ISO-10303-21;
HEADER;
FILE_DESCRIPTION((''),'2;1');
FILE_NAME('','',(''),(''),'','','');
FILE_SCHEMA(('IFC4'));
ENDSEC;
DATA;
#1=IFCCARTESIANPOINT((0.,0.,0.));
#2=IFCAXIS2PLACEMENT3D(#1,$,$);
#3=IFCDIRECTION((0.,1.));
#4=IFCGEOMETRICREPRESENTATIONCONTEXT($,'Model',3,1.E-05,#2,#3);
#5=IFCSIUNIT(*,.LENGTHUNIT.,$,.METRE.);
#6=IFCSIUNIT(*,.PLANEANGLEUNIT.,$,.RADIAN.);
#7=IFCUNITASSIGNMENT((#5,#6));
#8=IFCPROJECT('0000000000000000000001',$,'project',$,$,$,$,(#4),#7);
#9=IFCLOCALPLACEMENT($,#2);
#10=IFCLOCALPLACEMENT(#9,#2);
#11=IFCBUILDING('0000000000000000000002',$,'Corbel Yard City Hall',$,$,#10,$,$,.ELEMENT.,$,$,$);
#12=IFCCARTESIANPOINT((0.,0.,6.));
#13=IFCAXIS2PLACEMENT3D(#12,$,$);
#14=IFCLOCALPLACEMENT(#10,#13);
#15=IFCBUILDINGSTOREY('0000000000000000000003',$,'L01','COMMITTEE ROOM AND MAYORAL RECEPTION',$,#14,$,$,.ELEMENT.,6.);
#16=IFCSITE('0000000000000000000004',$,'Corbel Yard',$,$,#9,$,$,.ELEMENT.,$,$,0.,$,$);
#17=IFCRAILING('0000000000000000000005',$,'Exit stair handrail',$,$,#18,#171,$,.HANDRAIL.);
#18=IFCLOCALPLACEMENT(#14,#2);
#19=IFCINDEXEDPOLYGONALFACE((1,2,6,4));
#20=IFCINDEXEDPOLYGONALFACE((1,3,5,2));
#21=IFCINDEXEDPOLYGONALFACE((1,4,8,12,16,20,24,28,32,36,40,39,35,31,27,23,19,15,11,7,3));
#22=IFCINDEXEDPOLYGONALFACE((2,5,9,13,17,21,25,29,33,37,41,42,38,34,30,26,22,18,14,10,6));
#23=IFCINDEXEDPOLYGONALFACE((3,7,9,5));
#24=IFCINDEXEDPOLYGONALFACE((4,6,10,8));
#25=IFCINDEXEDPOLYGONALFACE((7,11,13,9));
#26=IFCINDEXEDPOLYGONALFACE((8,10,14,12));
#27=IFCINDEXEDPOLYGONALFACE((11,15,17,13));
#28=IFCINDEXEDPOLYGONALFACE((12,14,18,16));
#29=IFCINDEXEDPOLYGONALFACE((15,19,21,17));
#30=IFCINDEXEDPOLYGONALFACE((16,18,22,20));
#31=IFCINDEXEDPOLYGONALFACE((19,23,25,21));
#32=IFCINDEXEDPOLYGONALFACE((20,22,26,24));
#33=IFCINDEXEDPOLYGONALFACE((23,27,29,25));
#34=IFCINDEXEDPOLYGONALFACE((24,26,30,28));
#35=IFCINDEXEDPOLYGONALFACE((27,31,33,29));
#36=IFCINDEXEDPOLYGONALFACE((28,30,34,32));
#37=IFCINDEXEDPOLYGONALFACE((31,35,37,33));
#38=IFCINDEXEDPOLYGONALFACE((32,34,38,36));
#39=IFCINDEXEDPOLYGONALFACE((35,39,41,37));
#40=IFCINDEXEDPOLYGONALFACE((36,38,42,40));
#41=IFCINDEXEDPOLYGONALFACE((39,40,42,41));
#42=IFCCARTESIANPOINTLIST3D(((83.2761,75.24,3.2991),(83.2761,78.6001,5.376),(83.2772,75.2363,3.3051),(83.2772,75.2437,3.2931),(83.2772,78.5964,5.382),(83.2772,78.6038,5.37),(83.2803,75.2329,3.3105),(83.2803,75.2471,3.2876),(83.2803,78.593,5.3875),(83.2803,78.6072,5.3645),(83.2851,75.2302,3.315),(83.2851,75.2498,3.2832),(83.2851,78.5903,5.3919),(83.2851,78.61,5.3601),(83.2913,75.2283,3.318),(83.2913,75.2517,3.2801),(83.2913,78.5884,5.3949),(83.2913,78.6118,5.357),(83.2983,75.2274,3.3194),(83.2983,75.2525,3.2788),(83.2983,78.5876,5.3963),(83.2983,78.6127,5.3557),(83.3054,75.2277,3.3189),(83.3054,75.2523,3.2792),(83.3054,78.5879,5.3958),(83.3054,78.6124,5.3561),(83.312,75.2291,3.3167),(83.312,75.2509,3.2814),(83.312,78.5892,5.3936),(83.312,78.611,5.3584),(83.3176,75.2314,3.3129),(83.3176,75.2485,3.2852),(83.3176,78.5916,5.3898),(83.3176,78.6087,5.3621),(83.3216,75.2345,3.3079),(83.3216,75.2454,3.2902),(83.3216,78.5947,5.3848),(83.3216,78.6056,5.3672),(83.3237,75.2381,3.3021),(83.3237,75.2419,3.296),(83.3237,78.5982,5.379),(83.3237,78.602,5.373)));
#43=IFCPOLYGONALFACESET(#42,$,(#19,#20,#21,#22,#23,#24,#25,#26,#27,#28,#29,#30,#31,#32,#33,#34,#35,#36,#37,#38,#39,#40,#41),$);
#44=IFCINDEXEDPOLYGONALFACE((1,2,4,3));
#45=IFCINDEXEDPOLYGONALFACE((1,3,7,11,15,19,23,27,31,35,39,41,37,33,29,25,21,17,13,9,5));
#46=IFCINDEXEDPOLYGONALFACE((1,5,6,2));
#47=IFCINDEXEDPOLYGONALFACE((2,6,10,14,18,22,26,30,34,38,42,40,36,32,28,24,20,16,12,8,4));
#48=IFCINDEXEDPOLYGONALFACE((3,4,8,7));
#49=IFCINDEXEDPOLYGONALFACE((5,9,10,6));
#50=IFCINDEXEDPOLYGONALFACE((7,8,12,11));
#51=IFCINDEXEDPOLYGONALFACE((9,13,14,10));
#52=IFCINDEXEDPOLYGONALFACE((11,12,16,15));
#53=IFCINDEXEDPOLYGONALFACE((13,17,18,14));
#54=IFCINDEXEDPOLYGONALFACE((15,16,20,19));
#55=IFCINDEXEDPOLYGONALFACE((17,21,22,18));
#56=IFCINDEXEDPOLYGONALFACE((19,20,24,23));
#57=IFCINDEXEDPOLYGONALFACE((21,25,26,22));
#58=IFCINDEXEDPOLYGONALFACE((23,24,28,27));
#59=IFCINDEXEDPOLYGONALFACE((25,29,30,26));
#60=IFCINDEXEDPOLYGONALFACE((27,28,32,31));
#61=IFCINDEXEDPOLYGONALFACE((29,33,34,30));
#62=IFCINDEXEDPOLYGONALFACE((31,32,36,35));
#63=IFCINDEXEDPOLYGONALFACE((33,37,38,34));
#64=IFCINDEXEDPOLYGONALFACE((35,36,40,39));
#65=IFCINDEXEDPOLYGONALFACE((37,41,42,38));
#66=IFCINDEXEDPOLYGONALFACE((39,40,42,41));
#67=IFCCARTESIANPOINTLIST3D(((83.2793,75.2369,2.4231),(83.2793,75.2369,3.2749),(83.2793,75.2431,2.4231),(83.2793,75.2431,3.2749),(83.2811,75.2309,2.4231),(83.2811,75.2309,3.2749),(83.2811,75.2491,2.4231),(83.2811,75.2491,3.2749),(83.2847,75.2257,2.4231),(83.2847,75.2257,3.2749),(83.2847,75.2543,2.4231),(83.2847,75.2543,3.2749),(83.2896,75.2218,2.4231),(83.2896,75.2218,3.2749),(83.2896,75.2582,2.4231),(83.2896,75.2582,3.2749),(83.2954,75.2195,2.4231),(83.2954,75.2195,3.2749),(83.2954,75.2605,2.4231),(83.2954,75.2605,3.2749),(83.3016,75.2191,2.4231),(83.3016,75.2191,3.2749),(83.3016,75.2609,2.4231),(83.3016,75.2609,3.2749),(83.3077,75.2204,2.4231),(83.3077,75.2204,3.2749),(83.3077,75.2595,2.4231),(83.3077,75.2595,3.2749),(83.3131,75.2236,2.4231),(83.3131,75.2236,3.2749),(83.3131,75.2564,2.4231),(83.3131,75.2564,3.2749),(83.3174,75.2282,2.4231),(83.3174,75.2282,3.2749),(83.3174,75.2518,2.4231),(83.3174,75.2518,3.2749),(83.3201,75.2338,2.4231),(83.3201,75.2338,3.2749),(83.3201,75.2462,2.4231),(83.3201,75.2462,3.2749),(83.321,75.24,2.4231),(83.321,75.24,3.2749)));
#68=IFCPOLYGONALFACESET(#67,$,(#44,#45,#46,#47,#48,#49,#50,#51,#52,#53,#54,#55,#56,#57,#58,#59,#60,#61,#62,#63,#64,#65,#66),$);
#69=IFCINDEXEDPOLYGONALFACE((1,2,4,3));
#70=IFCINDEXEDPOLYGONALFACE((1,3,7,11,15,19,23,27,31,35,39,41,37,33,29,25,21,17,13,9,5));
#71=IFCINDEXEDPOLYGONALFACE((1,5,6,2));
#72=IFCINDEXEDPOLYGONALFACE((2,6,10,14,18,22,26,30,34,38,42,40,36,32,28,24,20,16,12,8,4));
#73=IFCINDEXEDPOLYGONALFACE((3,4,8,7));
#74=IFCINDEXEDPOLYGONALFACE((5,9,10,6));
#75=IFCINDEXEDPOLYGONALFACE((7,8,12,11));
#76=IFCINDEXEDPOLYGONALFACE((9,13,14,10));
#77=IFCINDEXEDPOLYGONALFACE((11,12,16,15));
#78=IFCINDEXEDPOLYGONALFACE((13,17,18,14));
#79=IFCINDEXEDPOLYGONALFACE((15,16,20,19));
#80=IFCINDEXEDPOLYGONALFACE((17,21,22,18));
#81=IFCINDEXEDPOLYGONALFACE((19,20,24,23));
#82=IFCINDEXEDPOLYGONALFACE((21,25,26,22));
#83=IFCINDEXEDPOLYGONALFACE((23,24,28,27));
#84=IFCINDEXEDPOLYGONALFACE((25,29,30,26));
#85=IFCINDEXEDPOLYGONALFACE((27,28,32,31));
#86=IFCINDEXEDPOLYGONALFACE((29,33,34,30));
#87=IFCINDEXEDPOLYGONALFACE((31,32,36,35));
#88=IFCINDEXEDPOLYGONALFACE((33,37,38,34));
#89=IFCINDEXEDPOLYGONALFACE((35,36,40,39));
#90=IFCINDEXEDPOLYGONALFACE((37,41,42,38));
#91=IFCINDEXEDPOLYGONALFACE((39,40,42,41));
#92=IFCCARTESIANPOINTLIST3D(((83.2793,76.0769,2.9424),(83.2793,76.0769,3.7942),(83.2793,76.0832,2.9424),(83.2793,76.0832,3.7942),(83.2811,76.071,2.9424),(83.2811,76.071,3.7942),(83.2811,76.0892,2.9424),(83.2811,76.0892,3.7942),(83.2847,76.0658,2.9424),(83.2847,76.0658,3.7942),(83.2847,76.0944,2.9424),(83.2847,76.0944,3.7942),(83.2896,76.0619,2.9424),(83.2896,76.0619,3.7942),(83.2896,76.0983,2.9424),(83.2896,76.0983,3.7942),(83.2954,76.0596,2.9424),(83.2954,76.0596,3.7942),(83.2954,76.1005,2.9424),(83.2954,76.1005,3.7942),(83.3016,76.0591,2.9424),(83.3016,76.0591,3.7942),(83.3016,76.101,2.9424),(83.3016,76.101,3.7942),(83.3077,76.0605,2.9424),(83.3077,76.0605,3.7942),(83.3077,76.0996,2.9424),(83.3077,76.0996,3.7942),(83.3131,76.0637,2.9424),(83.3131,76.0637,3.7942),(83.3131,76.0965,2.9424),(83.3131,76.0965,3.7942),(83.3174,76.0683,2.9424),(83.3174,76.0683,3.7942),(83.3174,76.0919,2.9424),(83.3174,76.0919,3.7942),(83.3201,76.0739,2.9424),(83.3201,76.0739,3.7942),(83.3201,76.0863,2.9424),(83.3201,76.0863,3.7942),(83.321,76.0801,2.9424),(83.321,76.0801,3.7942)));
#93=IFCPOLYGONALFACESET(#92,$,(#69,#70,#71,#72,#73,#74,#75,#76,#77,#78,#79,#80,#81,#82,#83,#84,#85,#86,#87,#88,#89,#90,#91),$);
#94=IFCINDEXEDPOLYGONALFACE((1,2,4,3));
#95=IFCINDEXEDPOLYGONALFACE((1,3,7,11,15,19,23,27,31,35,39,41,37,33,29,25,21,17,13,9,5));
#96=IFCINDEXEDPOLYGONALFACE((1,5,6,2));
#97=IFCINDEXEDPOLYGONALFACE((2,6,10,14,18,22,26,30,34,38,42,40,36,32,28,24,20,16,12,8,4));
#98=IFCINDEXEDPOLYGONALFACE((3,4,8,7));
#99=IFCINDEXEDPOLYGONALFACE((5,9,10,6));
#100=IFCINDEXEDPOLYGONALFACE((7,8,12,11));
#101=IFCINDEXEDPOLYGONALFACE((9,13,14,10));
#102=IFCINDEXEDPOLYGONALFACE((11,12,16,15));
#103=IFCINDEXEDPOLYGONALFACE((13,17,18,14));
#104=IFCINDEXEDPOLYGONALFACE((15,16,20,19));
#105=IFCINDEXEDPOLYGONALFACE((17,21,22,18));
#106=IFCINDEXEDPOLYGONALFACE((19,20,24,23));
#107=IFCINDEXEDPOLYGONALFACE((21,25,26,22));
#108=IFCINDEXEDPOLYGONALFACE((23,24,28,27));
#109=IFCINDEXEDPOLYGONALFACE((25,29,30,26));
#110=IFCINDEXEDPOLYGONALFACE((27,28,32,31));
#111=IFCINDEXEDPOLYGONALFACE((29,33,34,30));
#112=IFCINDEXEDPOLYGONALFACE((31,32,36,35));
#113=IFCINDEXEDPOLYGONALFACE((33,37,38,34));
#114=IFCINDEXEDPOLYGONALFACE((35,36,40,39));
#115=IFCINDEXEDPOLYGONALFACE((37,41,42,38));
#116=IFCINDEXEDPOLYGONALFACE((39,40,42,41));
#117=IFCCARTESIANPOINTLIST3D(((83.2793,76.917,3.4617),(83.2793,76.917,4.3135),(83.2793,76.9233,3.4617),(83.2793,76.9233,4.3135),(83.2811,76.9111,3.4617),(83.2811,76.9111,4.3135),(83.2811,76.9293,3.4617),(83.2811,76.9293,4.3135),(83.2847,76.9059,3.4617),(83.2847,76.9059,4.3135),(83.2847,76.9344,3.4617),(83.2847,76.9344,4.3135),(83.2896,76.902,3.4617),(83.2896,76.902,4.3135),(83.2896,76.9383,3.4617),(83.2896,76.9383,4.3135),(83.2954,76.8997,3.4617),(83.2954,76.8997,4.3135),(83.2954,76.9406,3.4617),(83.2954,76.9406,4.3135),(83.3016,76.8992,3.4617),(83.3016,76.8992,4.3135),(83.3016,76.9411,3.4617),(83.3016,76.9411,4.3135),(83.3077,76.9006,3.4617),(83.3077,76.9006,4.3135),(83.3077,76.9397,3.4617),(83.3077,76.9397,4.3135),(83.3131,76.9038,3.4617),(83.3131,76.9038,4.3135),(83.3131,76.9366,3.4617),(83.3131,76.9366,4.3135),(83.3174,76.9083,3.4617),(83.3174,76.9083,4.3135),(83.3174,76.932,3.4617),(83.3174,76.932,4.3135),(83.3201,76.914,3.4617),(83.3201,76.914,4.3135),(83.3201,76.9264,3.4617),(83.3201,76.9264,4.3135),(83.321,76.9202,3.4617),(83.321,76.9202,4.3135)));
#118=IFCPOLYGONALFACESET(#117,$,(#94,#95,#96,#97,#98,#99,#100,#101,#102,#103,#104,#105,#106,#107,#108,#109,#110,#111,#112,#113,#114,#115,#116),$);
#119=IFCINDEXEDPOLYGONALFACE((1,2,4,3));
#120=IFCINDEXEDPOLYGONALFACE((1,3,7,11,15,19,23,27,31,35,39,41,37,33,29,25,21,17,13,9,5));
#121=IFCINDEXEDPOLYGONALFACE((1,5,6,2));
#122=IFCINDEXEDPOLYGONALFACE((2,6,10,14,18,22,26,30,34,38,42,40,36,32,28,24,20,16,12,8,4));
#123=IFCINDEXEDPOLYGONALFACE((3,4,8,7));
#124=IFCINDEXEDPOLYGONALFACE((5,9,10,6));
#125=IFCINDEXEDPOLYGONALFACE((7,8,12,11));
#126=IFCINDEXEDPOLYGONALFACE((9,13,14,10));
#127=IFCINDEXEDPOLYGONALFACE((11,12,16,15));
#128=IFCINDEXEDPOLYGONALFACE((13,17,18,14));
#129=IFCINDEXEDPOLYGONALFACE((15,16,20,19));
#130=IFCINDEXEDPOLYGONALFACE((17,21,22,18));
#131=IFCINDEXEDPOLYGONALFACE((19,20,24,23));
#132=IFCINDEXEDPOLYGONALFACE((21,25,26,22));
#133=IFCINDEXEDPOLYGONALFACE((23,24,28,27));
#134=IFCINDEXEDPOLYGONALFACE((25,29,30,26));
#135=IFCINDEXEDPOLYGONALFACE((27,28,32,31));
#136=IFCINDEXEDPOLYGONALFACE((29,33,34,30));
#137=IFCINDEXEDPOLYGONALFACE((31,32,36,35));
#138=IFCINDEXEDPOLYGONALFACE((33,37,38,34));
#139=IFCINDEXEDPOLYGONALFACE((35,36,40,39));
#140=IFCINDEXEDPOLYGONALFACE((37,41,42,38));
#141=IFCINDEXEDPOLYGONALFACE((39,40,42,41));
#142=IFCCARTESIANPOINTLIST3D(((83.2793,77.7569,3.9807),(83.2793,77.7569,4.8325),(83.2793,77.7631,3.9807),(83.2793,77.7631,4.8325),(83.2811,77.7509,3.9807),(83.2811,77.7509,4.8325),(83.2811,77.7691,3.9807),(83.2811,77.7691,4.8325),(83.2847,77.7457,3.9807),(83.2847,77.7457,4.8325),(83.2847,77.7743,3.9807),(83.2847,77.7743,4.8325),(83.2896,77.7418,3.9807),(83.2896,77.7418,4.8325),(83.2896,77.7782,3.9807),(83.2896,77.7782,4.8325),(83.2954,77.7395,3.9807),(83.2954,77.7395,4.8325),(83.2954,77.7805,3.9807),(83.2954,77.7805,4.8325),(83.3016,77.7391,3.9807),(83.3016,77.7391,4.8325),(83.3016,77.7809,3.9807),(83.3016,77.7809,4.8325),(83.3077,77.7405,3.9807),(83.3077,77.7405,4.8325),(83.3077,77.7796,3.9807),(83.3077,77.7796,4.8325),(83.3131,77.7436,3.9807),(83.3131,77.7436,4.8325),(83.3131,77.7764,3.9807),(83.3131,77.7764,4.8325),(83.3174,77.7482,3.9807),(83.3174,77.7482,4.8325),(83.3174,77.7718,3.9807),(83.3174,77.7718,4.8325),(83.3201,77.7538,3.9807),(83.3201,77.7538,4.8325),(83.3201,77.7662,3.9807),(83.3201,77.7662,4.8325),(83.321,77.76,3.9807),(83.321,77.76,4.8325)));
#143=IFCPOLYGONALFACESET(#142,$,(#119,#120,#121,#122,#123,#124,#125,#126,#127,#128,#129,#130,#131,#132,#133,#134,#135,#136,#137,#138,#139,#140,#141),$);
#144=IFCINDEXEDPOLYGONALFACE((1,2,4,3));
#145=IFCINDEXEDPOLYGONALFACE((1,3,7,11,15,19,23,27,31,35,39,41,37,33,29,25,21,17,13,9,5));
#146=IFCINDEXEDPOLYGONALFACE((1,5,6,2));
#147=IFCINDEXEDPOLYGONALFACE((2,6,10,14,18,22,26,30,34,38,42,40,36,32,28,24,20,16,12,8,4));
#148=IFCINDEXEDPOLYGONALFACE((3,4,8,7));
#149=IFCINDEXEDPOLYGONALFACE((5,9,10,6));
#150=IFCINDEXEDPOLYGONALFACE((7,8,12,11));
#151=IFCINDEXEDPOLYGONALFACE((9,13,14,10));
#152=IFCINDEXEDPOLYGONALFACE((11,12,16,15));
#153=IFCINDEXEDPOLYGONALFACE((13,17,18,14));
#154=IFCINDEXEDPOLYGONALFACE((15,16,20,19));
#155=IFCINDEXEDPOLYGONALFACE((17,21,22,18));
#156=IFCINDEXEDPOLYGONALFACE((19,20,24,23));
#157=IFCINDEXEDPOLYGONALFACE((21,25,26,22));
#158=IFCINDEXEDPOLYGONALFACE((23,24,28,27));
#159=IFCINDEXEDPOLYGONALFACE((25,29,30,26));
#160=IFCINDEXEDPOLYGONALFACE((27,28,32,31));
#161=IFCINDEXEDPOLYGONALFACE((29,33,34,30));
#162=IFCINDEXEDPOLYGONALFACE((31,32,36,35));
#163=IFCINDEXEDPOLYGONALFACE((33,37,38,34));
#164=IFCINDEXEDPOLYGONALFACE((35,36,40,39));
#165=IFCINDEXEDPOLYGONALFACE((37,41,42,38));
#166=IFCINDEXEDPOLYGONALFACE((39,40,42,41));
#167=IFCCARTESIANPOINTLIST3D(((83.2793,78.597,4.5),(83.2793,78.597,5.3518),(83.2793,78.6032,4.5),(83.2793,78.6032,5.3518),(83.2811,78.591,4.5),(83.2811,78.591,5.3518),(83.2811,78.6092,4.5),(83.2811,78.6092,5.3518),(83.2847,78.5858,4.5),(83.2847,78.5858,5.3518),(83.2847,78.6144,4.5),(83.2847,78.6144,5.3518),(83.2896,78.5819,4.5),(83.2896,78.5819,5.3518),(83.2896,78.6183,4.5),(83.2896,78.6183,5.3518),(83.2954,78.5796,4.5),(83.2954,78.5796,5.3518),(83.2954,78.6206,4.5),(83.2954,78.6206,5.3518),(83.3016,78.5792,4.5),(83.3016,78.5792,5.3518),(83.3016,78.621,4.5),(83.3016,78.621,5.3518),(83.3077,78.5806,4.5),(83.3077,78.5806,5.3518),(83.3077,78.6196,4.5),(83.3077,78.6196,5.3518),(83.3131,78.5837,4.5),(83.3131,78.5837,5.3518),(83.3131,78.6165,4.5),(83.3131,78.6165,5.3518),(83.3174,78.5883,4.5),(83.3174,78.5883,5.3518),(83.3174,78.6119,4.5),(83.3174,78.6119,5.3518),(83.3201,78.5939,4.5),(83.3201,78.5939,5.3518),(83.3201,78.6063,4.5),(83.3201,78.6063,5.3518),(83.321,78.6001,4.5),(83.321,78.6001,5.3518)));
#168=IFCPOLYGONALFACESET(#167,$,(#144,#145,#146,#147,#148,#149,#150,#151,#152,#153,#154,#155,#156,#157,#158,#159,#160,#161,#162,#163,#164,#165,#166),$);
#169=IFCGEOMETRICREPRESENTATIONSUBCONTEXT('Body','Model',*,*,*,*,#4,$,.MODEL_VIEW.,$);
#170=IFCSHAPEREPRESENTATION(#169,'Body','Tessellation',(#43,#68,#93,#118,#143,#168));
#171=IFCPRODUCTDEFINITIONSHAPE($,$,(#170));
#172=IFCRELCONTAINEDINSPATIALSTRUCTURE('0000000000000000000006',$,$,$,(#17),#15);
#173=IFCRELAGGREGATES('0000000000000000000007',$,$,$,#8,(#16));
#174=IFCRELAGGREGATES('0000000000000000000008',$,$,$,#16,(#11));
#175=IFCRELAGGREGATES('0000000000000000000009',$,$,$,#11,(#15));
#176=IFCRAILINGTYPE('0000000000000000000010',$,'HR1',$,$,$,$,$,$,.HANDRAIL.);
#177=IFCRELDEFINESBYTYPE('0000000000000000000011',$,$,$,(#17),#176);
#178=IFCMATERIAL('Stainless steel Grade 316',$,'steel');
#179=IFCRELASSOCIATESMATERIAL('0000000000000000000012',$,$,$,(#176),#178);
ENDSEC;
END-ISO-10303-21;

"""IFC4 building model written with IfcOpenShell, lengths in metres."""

from ifc_helpers import new_model, si_unit, direction, frame, origin, origin_2d, place, context, subcontext, project, spatial, circle, extrude, material, type_object, element, save


model = new_model("IFC4")

# Units and contexts
model_context = context("Model", 3, precision=1e-05, world=origin(), true_north=direction((0.0, 1.0)))
body_context = subcontext(model_context, "Body", "Model", "MODEL_VIEW")
ifc_project = project(units=[si_unit("LENGTHUNIT", "METRE"), si_unit("PLANEANGLEUNIT", "RADIAN")], contexts=[model_context])

# Site, building, storey
site_placement = place(None, origin())
site = spatial("IfcSite", under=ifc_project, at=site_placement, Name="Corbel Yard", CompositionType="ELEMENT", RefElevation=0.0)
building_placement = place(site_placement, origin())
building = spatial("IfcBuilding", under=site, at=building_placement, Name="Corbel Yard City Hall", CompositionType="ELEMENT")
storey_placement = place(building_placement, frame((0.0, 0.0, 6.0)))
storey = spatial("IfcBuildingStorey", under=building, at=storey_placement, Name="L01", Description="COMMITTEE ROOM AND MAYORAL RECEPTION", CompositionType="ELEMENT", Elevation=6.0)

# Shared definitions
ifc_material_1 = material(Name="Stainless steel Grade 316", Category="steel")

# Railing
railing_type = type_object("IfcRailingType", Name="HR1", PredefinedType="HANDRAIL", material=ifc_material_1)
for number, where, name in (
    (1, (83.3, 75.24, 2.4231), "Exit stair handrail"),
):
    element("IfcRailing", number, at=place(storey_placement, frame(where)), inside=storey, type_object=railing_type, Name=name, PredefinedType="HANDRAIL", context=body_context, shape_type="SweptSolid", body=[
        extrude(circle(Radius=0.0239, at=origin_2d()), frame((0.0, 0.0, 0.876), z_axis=(0.0, 0.850623, 0.525776), x_axis=(-1.0, 0.0, 0.0)), (0.0, 0.0, 1.0), 3.9502),
        extrude(circle(Radius=0.021, at=origin_2d()), origin(), (0.0, 0.0, 1.0), 0.8518),
        extrude(circle(Radius=0.021, at=origin_2d()), frame((0.0, 0.8401, 0.5193)), (0.0, 0.0, 1.0), 0.8518),
        extrude(circle(Radius=0.021, at=origin_2d()), frame((0.0, 1.6802, 1.0386)), (0.0, 0.0, 1.0), 0.8518),
        extrude(circle(Radius=0.021, at=origin_2d()), frame((0.0, 2.52, 1.5576)), (0.0, 0.0, 1.0), 0.8518),
        extrude(circle(Radius=0.021, at=origin_2d()), frame((0.0, 3.3601, 2.0769)), (0.0, 0.0, 1.0), 0.8518),
    ])

save(model, "model.ifc")
